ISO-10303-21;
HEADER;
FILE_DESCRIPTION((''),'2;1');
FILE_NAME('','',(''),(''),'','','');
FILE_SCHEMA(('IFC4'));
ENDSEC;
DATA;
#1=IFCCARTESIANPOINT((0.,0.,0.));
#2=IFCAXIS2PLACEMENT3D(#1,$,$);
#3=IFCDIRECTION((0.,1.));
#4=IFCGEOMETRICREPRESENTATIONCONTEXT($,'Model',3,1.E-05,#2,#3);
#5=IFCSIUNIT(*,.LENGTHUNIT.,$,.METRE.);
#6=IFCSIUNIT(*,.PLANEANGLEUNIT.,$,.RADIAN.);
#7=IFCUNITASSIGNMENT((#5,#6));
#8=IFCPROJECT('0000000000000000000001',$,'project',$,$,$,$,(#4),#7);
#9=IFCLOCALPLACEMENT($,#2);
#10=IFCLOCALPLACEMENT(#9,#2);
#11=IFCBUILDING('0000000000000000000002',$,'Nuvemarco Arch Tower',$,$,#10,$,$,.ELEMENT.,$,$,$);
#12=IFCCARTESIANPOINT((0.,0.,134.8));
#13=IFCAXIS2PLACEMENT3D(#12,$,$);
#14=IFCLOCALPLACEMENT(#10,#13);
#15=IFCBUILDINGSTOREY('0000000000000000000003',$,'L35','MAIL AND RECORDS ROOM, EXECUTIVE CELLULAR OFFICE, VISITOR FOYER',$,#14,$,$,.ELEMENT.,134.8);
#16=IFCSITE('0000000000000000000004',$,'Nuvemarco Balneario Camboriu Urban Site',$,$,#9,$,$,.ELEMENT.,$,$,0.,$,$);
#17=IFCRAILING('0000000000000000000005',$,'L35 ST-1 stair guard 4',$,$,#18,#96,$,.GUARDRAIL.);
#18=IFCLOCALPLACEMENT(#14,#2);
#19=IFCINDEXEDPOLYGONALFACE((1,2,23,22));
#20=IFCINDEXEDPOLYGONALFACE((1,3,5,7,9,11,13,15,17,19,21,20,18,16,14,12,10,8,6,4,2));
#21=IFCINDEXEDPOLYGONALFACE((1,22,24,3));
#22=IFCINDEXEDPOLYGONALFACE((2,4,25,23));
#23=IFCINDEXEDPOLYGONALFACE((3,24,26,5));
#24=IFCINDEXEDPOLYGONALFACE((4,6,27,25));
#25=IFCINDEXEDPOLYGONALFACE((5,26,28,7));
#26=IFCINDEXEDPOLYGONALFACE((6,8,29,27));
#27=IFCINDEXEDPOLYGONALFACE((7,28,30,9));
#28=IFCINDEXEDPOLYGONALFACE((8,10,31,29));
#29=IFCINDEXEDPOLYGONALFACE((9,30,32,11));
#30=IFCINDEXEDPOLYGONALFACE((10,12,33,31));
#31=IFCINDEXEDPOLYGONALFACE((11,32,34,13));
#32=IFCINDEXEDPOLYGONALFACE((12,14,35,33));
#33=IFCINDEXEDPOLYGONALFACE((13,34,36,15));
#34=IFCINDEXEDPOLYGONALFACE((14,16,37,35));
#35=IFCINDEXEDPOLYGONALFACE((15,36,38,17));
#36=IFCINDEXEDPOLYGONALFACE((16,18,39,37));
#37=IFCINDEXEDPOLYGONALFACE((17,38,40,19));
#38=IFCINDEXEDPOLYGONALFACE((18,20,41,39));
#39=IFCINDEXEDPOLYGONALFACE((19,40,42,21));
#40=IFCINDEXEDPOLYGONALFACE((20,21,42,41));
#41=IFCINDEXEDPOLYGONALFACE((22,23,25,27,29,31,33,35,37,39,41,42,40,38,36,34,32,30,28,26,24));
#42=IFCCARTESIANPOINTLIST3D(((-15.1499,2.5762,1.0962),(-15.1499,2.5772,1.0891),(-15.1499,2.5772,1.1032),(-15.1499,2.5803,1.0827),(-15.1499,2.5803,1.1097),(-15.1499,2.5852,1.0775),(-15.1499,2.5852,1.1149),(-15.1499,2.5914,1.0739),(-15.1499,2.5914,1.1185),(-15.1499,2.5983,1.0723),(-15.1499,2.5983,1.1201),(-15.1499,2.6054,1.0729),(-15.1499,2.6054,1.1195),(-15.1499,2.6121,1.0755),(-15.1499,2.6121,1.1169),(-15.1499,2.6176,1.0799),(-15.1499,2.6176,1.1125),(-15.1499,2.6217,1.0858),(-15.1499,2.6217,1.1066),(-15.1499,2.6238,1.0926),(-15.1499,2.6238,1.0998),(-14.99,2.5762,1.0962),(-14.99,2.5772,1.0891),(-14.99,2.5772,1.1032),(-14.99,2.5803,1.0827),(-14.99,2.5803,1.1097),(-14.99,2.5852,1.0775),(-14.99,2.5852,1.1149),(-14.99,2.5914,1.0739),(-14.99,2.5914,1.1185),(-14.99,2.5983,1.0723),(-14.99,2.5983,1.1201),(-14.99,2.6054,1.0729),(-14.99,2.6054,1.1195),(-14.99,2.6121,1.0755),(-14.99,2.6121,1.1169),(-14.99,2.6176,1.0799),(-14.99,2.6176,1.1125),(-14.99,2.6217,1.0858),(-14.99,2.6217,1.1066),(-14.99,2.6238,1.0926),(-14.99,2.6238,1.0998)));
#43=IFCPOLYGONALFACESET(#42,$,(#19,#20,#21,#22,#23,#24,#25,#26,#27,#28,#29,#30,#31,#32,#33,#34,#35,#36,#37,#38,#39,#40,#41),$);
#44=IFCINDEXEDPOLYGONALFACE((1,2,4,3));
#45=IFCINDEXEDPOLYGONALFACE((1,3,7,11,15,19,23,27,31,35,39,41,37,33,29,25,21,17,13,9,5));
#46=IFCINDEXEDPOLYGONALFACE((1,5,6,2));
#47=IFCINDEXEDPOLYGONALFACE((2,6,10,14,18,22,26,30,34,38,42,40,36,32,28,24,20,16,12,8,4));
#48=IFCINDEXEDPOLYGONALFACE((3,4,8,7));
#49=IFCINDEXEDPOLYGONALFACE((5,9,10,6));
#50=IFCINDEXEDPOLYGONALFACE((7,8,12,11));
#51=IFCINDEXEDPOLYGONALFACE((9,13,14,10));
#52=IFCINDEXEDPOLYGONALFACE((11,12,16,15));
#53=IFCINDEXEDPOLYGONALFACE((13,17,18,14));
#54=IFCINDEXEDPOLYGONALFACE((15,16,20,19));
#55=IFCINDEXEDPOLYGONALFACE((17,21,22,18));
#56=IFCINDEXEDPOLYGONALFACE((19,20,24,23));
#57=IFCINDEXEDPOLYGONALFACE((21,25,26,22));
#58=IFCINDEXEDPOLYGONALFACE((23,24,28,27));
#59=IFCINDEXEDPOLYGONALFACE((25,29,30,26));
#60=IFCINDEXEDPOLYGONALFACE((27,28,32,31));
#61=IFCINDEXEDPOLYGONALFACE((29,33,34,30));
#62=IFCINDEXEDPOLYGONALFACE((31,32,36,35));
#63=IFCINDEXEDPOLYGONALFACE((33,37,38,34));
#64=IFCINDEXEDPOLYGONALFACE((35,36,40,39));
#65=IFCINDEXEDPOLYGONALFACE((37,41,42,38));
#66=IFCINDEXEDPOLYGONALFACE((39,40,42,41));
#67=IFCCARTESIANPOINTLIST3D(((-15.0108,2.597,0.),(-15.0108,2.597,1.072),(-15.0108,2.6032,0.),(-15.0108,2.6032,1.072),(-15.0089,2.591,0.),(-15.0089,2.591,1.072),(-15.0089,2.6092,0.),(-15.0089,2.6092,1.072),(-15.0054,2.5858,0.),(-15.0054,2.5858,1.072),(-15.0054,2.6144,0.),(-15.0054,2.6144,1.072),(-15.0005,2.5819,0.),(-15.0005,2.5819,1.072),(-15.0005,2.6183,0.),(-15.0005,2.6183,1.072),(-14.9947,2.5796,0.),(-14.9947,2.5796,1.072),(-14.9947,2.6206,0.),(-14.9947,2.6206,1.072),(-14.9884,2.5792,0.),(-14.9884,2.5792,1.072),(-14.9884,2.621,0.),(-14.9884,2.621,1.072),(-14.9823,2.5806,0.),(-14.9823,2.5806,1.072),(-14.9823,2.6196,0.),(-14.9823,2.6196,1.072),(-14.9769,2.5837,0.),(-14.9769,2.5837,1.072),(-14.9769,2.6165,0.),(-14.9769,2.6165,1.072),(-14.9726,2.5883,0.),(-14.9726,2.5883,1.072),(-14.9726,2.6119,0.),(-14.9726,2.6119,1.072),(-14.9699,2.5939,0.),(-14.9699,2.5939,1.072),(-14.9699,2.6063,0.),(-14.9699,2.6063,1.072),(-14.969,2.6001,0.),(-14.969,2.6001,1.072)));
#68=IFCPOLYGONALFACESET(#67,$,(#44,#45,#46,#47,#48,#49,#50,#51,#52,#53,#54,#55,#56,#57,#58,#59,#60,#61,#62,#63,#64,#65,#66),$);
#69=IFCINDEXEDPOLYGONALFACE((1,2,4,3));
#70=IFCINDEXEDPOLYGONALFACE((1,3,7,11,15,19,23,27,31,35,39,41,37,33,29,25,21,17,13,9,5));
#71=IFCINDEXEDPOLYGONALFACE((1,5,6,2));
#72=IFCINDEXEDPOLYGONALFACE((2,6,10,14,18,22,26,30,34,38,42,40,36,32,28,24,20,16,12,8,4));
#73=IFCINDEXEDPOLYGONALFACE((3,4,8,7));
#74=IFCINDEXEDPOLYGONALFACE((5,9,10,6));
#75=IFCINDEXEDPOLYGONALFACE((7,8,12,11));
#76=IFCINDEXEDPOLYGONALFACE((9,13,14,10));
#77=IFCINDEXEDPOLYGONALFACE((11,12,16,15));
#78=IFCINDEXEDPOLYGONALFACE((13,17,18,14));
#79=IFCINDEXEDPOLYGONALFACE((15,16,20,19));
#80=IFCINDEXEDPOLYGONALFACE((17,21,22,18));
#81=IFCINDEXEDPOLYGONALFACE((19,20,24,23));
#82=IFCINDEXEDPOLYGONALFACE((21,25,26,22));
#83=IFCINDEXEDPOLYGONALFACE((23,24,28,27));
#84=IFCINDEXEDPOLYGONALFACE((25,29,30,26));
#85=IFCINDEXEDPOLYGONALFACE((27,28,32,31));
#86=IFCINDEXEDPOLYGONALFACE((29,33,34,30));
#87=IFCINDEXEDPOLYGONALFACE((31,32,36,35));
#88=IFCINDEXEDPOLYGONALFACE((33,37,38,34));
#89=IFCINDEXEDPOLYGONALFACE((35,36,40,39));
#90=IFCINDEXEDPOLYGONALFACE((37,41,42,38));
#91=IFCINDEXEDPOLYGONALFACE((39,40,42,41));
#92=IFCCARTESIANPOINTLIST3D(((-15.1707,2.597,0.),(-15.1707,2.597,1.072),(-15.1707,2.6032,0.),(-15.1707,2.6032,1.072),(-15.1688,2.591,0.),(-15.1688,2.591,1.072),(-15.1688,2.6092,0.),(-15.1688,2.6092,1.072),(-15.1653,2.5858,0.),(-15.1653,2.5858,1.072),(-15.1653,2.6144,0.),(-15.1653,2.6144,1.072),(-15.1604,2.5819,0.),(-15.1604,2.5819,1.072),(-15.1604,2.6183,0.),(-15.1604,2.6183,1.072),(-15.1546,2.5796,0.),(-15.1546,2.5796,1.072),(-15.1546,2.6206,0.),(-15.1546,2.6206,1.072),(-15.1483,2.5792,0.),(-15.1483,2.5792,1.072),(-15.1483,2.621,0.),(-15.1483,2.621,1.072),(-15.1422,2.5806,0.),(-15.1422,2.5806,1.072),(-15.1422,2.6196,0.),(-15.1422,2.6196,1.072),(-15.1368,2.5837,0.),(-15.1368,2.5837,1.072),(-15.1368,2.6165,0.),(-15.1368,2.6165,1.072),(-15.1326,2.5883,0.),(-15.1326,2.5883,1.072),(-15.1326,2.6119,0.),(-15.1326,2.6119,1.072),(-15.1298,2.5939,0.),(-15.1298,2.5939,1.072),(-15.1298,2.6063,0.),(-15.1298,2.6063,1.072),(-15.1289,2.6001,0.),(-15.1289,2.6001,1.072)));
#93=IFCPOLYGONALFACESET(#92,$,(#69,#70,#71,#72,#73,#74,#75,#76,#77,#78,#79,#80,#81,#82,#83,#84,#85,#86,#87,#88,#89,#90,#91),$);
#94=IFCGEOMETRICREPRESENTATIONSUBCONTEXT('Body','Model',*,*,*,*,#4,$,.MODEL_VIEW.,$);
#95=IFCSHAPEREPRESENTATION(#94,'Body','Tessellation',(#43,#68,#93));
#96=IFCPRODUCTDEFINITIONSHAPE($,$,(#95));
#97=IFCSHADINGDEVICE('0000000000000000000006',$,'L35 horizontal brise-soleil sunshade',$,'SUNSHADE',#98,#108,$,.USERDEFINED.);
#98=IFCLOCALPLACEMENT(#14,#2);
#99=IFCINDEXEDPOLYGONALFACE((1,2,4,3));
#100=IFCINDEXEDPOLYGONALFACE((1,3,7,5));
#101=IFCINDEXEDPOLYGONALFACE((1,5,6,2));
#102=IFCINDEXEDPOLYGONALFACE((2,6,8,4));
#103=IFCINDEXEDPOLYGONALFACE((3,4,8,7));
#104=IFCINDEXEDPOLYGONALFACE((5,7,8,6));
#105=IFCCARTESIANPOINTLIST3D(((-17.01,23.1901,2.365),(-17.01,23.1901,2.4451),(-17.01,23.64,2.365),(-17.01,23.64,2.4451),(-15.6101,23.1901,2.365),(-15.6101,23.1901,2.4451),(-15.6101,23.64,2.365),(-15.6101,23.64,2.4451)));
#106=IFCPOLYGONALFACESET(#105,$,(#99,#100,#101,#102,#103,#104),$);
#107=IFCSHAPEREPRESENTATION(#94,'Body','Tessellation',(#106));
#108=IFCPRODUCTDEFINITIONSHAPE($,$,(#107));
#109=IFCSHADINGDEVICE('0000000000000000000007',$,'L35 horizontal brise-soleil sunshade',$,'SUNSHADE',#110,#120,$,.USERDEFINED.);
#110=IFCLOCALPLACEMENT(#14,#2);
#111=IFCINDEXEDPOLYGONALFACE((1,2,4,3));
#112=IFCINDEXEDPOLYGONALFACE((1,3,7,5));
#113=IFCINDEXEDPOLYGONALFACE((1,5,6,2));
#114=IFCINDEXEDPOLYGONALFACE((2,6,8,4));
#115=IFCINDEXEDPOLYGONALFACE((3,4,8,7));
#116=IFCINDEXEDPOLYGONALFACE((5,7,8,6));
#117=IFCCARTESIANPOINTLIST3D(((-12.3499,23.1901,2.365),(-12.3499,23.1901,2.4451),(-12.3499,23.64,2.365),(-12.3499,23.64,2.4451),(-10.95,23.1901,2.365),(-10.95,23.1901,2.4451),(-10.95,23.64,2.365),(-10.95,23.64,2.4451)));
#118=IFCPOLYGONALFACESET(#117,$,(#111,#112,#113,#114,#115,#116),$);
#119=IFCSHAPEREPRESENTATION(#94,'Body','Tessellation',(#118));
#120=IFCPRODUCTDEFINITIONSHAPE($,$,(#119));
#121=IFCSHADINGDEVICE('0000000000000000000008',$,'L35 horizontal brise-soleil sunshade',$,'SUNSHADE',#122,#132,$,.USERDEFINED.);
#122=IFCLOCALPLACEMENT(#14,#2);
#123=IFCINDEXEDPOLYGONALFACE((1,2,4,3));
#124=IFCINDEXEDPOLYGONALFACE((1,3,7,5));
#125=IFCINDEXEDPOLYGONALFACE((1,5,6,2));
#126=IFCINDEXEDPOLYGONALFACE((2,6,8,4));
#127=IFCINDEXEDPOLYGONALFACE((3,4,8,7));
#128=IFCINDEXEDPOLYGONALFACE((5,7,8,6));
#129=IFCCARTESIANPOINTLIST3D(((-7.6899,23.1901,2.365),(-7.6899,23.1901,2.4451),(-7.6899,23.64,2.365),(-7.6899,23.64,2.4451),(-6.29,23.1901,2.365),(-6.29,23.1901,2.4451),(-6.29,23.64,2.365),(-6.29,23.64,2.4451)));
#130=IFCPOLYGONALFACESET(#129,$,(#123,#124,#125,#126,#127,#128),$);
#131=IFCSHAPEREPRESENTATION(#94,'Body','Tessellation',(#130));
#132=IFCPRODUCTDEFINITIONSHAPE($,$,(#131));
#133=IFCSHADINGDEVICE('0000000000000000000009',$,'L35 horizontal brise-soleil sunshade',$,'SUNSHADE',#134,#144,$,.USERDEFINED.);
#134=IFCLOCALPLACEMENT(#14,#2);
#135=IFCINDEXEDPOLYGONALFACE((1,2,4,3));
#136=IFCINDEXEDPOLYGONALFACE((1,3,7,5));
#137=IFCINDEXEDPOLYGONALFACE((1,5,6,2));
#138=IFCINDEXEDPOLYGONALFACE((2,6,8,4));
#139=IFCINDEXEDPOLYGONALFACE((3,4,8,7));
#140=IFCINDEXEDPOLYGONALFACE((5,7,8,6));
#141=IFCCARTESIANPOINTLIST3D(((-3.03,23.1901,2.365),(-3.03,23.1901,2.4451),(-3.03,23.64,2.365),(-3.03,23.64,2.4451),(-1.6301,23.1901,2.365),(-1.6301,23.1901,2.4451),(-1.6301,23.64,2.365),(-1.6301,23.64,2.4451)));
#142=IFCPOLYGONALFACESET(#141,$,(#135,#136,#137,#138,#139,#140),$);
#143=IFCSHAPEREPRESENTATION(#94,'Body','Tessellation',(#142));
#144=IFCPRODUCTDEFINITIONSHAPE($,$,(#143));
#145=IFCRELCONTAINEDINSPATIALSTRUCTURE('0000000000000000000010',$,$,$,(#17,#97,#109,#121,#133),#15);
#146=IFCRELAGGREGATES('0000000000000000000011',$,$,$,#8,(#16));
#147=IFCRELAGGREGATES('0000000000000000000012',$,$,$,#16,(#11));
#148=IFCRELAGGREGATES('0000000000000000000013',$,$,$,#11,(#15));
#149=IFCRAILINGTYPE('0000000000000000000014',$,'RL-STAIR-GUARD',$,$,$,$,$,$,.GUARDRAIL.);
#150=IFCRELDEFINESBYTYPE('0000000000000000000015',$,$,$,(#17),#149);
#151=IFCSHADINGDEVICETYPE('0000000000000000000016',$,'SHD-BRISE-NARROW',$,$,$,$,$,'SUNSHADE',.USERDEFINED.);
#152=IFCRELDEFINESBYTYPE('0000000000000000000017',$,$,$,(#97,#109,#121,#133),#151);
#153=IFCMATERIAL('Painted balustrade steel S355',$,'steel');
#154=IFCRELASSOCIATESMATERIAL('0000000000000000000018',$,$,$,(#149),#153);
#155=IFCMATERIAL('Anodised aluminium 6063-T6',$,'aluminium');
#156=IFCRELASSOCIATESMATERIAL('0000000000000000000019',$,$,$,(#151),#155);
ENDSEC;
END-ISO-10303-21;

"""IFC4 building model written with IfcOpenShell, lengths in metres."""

from ifc_helpers import new_model, si_unit, direction, frame, origin, origin_2d, place, context, subcontext, project, spatial, rectangle, circle, extrude, source, transform, mapped, material, type_object, type_shapes, element, save


model = new_model("IFC4")

# Units and contexts
model_context = context("Model", 3, precision=1e-05, world=origin(), true_north=direction((0.0, 1.0)))
body_context = subcontext(model_context, "Body", "Model", "MODEL_VIEW")
ifc_project = project(units=[si_unit("LENGTHUNIT", "METRE"), si_unit("PLANEANGLEUNIT", "RADIAN")], contexts=[model_context])

# Site, building, storey
site_placement = place(None, origin())
site = spatial("IfcSite", under=ifc_project, at=site_placement, Name="Nuvemarco Balneario Camboriu Urban Site", CompositionType="ELEMENT", RefElevation=0.0)
building_placement = place(site_placement, origin())
building = spatial("IfcBuilding", under=site, at=building_placement, Name="Nuvemarco Arch Tower", CompositionType="ELEMENT")
storey_placement = place(building_placement, frame((0.0, 0.0, 134.8)))
storey = spatial("IfcBuildingStorey", under=building, at=storey_placement, Name="L35", Description="MAIL AND RECORDS ROOM, EXECUTIVE CELLULAR OFFICE, VISITOR FOYER", CompositionType="ELEMENT", Elevation=134.8)

# Railing
ifc_material_1 = material(Name="Painted balustrade steel S355", Category="steel")
railing_type_1 = type_object("IfcRailingType", Name="RL-STAIR-GUARD", PredefinedType="GUARDRAIL", material=ifc_material_1)
railing_1_placement = place(storey_placement, frame((-14.99, 2.6001, 0.0)))
element("IfcRailing", 1, at=railing_1_placement, inside=storey, type_object=railing_type_1, Name="L35 ST-1 stair guard 4", PredefinedType="GUARDRAIL", context=body_context, shape_type="SweptSolid", body=[
    extrude(circle(Radius=0.0239, at=origin_2d()), frame((0.0, 0.0, 1.0962), z_axis=(-1.0, 0.0, 0.0), x_axis=(0.0, -1.0, 0.0)), (0.0, 0.0, 1.0), 0.1599),
    extrude(circle(Radius=0.021, at=origin_2d()), origin(), (0.0, 0.0, 1.0), 1.072),
    extrude(circle(Radius=0.021, at=origin_2d()), frame((-0.1599, 0.0, 0.0)), (0.0, 0.0, 1.0), 1.072),
])

# Shading devices
ifc_material_2 = material(Name="Anodised aluminium 6063-T6", Category="aluminium")
shading_device_type = type_object("IfcShadingDeviceType", Name="SHD-BRISE-NARROW", ElementType="SUNSHADE", PredefinedType="USERDEFINED", material=ifc_material_2)
shared_shape_1 = source(origin(), body_context, "Body", "SweptSolid", [
    extrude(rectangle(XDim=1.3999, YDim=0.45, at=origin_2d()), origin(), (0.0, 0.0, 1.0), 0.0801),
])
type_shapes(shading_device_type, [shared_shape_1])
for number, where, z_axis, x_axis, name in (
    (2, (-16.3101, 23.415, 2.365), (0.0, 0.0, 1.0), (1.0, 0.0, 0.0), "L35 horizontal brise-soleil sunshade"),
    (3, (-11.6499, 23.415, 2.365), (0.0, 0.0, 1.0), (1.0, 0.0, 0.0), "L35 horizontal brise-soleil sunshade"),
    (4, (-6.99, 23.415, 2.365), (0.0, 0.0, 1.0), (1.0, 0.0, 0.0), "L35 horizontal brise-soleil sunshade"),
    (5, (-2.3301, 23.415, 2.365), (0.0, 0.0, 1.0), (1.0, 0.0, 0.0), "L35 horizontal brise-soleil sunshade"),
):
    element("IfcShadingDevice", number, at=place(storey_placement, frame(where, z_axis=z_axis, x_axis=x_axis)), inside=storey, type_object=shading_device_type, Name=name, ObjectType="SUNSHADE", PredefinedType="USERDEFINED", context=body_context, shape_type="MappedRepresentation", body=[
        mapped(shared_shape_1, transform((0.0, 0.0, 0.0), scale=1.0)),
    ])

save(model, "model.ifc")
